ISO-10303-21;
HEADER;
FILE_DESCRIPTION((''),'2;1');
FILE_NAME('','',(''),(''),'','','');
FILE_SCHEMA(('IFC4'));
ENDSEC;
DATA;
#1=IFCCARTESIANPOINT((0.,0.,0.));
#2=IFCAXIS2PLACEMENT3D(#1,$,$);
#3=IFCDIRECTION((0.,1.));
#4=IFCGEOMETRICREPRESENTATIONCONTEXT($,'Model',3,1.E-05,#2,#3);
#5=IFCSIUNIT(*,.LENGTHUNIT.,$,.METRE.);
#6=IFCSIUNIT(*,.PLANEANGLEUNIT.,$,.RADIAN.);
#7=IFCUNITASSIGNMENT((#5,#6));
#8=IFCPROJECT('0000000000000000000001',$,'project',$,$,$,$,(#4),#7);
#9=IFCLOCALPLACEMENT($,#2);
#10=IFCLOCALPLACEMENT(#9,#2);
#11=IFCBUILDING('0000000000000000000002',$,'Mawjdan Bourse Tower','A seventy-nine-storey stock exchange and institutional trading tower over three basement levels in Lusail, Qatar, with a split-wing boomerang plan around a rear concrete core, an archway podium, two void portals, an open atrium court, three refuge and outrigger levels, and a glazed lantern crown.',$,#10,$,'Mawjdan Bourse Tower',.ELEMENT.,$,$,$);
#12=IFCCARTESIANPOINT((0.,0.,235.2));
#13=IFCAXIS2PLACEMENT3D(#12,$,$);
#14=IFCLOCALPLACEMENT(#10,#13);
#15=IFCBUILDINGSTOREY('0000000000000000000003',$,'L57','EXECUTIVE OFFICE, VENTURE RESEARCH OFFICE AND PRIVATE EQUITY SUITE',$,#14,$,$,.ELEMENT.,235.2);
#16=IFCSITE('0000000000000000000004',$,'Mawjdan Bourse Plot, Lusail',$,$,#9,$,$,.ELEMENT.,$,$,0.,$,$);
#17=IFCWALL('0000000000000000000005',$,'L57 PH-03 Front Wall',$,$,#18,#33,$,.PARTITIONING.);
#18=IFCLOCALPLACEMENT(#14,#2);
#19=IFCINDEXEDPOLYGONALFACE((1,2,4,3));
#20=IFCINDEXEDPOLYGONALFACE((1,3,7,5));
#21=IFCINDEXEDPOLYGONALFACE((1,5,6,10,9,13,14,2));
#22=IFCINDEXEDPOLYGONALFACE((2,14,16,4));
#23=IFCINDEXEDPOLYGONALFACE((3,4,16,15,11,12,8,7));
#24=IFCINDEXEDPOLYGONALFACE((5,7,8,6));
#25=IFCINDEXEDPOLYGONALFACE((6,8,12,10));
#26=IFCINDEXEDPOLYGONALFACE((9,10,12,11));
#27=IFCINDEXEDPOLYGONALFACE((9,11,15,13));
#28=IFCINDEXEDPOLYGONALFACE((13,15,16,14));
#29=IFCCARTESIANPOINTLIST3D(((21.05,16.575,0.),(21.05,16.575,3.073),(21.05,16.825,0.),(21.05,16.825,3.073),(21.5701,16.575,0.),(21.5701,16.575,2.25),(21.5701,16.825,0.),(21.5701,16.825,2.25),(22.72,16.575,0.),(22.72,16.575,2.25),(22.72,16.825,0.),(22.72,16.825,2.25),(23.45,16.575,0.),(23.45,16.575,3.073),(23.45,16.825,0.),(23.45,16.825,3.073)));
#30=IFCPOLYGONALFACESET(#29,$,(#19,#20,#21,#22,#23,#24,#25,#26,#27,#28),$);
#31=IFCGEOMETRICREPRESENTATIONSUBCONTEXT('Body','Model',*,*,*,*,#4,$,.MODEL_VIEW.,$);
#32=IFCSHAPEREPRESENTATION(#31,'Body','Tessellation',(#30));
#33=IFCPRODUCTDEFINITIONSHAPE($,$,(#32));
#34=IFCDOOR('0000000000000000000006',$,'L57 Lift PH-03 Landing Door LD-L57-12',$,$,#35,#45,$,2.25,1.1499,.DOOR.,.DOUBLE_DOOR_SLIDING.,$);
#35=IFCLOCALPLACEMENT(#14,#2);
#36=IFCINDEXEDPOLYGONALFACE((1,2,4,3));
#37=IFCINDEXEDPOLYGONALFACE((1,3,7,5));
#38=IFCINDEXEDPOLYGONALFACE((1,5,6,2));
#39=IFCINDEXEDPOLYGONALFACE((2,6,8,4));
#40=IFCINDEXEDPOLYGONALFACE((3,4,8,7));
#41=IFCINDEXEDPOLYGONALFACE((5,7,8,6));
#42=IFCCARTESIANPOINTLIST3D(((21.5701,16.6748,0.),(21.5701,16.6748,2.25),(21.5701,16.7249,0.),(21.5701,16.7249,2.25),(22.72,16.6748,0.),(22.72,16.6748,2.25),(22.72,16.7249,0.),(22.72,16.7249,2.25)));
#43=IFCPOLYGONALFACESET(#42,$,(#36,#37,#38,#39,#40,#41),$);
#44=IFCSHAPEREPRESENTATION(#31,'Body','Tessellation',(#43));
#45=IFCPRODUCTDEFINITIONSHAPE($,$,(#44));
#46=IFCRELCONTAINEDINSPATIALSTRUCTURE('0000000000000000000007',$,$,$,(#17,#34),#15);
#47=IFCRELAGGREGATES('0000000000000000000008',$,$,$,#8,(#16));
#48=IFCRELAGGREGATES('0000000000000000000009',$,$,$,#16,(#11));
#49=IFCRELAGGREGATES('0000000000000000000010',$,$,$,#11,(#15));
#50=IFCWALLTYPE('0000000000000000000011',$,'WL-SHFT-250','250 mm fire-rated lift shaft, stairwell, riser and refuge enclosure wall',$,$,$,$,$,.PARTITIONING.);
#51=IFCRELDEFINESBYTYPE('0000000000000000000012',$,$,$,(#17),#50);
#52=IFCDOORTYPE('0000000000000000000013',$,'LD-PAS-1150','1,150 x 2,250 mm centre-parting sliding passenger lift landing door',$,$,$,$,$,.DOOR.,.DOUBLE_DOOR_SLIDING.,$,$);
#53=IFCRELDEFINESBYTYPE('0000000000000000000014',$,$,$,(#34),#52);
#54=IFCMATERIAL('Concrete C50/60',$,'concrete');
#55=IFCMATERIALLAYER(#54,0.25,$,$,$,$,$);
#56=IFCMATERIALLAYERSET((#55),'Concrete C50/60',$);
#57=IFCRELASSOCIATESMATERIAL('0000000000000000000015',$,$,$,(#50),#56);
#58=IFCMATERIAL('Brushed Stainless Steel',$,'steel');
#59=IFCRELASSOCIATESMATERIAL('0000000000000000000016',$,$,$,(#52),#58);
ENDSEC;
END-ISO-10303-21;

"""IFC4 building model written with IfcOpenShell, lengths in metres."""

from ifc_helpers import new_model, si_unit, direction, frame, frame_2d, origin, place, context, subcontext, project, spatial, rectangle, extrude, material, layer, layer_set, type_object, element, fill, save


model = new_model("IFC4")

# Units and contexts
model_context = context("Model", 3, precision=1e-05, world=origin(), true_north=direction((0.0, 1.0)))
body_context = subcontext(model_context, "Body", "Model", "MODEL_VIEW")
ifc_project = project(units=[si_unit("LENGTHUNIT", "METRE"), si_unit("PLANEANGLEUNIT", "RADIAN")], contexts=[model_context])

# Site, building, storey
site_placement = place(None, origin())
site = spatial("IfcSite", under=ifc_project, at=site_placement, Name="Mawjdan Bourse Plot, Lusail", CompositionType="ELEMENT", RefElevation=0.0)
building_placement = place(site_placement, origin())
building = spatial("IfcBuilding", under=site, at=building_placement, Name="Mawjdan Bourse Tower", Description="A seventy-nine-storey stock exchange and institutional trading tower over three basement levels in Lusail, Qatar, with a split-wing boomerang plan around a rear concrete core, an archway podium, two void portals, an open atrium court, three refuge and outrigger levels, and a glazed lantern crown.", LongName="Mawjdan Bourse Tower", CompositionType="ELEMENT")
storey_placement = place(building_placement, frame((0.0, 0.0, 235.2)))
storey = spatial("IfcBuildingStorey", under=building, at=storey_placement, Name="L57", Description="EXECUTIVE OFFICE, VENTURE RESEARCH OFFICE AND PRIVATE EQUITY SUITE", CompositionType="ELEMENT", Elevation=235.2)

# Shared definitions
ifc_material_1 = material(Name="Concrete C50/60", Category="concrete")
ifc_layer_1 = layer(ifc_material_1, 0.25)
ifc_layer_set_1 = layer_set([ifc_layer_1], Name="Concrete C50/60")
wall_type_1 = type_object("IfcWallType", Name="WL-SHFT-250", Description="250 mm fire-rated lift shaft, stairwell, riser and refuge enclosure wall", PredefinedType="PARTITIONING", material=ifc_layer_set_1)

# Wall, opening, door
wall_1_placement = place(storey_placement, frame((21.05, 16.7, 0.0), z_axis=(0.0, 0.0, 1.0), x_axis=(1.0, 0.0, 0.0)))
wall_1 = element("IfcWall", 1, at=wall_1_placement, inside=storey, type_object=wall_type_1, Name="L57 PH-03 Front Wall", PredefinedType="PARTITIONING", context=body_context, shape_type="SweptSolid", body=[
    extrude(rectangle(XDim=2.3999, YDim=0.25, at=frame_2d((1.2, 0.0))), origin(), (0.0, 0.0, 1.0), 3.073),
])
opening_1_placement = place(wall_1_placement, frame((0.52, 0.0, 0.0)))
opening_1 = element("IfcOpeningElement", 2, at=opening_1_placement, cuts=wall_1, PredefinedType="OPENING", context=body_context, shape_type="SweptSolid", body=[
    extrude(rectangle(XDim=1.1499, YDim=2.25, at=frame_2d((0.575, 1.125))), frame((0.0, 0.135, 0.0), z_axis=(0.0, -1.0, 0.0), x_axis=(1.0, 0.0, 0.0)), (0.0, 0.0, 1.0), 0.27),
])
ifc_material_2 = material(Name="Brushed Stainless Steel", Category="steel")
door_type_1 = type_object("IfcDoorType", Name="LD-PAS-1150", Description="1,150 x 2,250 mm centre-parting sliding passenger lift landing door", OperationType="DOUBLE_DOOR_SLIDING", PredefinedType="DOOR", material=ifc_material_2)
door_1_placement = place(opening_1_placement, origin())
door_1 = element("IfcDoor", 3, at=door_1_placement, inside=storey, type_object=door_type_1, Name="L57 Lift PH-03 Landing Door LD-L57-12", OperationType="DOUBLE_DOOR_SLIDING", OverallHeight=2.25, OverallWidth=1.1499, PredefinedType="DOOR", context=body_context, shape_type="SweptSolid", body=[
    extrude(rectangle(XDim=1.1499, YDim=2.25, at=frame_2d((0.575, 1.125))), frame((0.0, 0.0249, 0.0), z_axis=(0.0, -1.0, 0.0), x_axis=(1.0, 0.0, 0.0)), (0.0, 0.0, 1.0), 0.05),
])
fill(opening_1, door_1)

save(model, "model.ifc")
